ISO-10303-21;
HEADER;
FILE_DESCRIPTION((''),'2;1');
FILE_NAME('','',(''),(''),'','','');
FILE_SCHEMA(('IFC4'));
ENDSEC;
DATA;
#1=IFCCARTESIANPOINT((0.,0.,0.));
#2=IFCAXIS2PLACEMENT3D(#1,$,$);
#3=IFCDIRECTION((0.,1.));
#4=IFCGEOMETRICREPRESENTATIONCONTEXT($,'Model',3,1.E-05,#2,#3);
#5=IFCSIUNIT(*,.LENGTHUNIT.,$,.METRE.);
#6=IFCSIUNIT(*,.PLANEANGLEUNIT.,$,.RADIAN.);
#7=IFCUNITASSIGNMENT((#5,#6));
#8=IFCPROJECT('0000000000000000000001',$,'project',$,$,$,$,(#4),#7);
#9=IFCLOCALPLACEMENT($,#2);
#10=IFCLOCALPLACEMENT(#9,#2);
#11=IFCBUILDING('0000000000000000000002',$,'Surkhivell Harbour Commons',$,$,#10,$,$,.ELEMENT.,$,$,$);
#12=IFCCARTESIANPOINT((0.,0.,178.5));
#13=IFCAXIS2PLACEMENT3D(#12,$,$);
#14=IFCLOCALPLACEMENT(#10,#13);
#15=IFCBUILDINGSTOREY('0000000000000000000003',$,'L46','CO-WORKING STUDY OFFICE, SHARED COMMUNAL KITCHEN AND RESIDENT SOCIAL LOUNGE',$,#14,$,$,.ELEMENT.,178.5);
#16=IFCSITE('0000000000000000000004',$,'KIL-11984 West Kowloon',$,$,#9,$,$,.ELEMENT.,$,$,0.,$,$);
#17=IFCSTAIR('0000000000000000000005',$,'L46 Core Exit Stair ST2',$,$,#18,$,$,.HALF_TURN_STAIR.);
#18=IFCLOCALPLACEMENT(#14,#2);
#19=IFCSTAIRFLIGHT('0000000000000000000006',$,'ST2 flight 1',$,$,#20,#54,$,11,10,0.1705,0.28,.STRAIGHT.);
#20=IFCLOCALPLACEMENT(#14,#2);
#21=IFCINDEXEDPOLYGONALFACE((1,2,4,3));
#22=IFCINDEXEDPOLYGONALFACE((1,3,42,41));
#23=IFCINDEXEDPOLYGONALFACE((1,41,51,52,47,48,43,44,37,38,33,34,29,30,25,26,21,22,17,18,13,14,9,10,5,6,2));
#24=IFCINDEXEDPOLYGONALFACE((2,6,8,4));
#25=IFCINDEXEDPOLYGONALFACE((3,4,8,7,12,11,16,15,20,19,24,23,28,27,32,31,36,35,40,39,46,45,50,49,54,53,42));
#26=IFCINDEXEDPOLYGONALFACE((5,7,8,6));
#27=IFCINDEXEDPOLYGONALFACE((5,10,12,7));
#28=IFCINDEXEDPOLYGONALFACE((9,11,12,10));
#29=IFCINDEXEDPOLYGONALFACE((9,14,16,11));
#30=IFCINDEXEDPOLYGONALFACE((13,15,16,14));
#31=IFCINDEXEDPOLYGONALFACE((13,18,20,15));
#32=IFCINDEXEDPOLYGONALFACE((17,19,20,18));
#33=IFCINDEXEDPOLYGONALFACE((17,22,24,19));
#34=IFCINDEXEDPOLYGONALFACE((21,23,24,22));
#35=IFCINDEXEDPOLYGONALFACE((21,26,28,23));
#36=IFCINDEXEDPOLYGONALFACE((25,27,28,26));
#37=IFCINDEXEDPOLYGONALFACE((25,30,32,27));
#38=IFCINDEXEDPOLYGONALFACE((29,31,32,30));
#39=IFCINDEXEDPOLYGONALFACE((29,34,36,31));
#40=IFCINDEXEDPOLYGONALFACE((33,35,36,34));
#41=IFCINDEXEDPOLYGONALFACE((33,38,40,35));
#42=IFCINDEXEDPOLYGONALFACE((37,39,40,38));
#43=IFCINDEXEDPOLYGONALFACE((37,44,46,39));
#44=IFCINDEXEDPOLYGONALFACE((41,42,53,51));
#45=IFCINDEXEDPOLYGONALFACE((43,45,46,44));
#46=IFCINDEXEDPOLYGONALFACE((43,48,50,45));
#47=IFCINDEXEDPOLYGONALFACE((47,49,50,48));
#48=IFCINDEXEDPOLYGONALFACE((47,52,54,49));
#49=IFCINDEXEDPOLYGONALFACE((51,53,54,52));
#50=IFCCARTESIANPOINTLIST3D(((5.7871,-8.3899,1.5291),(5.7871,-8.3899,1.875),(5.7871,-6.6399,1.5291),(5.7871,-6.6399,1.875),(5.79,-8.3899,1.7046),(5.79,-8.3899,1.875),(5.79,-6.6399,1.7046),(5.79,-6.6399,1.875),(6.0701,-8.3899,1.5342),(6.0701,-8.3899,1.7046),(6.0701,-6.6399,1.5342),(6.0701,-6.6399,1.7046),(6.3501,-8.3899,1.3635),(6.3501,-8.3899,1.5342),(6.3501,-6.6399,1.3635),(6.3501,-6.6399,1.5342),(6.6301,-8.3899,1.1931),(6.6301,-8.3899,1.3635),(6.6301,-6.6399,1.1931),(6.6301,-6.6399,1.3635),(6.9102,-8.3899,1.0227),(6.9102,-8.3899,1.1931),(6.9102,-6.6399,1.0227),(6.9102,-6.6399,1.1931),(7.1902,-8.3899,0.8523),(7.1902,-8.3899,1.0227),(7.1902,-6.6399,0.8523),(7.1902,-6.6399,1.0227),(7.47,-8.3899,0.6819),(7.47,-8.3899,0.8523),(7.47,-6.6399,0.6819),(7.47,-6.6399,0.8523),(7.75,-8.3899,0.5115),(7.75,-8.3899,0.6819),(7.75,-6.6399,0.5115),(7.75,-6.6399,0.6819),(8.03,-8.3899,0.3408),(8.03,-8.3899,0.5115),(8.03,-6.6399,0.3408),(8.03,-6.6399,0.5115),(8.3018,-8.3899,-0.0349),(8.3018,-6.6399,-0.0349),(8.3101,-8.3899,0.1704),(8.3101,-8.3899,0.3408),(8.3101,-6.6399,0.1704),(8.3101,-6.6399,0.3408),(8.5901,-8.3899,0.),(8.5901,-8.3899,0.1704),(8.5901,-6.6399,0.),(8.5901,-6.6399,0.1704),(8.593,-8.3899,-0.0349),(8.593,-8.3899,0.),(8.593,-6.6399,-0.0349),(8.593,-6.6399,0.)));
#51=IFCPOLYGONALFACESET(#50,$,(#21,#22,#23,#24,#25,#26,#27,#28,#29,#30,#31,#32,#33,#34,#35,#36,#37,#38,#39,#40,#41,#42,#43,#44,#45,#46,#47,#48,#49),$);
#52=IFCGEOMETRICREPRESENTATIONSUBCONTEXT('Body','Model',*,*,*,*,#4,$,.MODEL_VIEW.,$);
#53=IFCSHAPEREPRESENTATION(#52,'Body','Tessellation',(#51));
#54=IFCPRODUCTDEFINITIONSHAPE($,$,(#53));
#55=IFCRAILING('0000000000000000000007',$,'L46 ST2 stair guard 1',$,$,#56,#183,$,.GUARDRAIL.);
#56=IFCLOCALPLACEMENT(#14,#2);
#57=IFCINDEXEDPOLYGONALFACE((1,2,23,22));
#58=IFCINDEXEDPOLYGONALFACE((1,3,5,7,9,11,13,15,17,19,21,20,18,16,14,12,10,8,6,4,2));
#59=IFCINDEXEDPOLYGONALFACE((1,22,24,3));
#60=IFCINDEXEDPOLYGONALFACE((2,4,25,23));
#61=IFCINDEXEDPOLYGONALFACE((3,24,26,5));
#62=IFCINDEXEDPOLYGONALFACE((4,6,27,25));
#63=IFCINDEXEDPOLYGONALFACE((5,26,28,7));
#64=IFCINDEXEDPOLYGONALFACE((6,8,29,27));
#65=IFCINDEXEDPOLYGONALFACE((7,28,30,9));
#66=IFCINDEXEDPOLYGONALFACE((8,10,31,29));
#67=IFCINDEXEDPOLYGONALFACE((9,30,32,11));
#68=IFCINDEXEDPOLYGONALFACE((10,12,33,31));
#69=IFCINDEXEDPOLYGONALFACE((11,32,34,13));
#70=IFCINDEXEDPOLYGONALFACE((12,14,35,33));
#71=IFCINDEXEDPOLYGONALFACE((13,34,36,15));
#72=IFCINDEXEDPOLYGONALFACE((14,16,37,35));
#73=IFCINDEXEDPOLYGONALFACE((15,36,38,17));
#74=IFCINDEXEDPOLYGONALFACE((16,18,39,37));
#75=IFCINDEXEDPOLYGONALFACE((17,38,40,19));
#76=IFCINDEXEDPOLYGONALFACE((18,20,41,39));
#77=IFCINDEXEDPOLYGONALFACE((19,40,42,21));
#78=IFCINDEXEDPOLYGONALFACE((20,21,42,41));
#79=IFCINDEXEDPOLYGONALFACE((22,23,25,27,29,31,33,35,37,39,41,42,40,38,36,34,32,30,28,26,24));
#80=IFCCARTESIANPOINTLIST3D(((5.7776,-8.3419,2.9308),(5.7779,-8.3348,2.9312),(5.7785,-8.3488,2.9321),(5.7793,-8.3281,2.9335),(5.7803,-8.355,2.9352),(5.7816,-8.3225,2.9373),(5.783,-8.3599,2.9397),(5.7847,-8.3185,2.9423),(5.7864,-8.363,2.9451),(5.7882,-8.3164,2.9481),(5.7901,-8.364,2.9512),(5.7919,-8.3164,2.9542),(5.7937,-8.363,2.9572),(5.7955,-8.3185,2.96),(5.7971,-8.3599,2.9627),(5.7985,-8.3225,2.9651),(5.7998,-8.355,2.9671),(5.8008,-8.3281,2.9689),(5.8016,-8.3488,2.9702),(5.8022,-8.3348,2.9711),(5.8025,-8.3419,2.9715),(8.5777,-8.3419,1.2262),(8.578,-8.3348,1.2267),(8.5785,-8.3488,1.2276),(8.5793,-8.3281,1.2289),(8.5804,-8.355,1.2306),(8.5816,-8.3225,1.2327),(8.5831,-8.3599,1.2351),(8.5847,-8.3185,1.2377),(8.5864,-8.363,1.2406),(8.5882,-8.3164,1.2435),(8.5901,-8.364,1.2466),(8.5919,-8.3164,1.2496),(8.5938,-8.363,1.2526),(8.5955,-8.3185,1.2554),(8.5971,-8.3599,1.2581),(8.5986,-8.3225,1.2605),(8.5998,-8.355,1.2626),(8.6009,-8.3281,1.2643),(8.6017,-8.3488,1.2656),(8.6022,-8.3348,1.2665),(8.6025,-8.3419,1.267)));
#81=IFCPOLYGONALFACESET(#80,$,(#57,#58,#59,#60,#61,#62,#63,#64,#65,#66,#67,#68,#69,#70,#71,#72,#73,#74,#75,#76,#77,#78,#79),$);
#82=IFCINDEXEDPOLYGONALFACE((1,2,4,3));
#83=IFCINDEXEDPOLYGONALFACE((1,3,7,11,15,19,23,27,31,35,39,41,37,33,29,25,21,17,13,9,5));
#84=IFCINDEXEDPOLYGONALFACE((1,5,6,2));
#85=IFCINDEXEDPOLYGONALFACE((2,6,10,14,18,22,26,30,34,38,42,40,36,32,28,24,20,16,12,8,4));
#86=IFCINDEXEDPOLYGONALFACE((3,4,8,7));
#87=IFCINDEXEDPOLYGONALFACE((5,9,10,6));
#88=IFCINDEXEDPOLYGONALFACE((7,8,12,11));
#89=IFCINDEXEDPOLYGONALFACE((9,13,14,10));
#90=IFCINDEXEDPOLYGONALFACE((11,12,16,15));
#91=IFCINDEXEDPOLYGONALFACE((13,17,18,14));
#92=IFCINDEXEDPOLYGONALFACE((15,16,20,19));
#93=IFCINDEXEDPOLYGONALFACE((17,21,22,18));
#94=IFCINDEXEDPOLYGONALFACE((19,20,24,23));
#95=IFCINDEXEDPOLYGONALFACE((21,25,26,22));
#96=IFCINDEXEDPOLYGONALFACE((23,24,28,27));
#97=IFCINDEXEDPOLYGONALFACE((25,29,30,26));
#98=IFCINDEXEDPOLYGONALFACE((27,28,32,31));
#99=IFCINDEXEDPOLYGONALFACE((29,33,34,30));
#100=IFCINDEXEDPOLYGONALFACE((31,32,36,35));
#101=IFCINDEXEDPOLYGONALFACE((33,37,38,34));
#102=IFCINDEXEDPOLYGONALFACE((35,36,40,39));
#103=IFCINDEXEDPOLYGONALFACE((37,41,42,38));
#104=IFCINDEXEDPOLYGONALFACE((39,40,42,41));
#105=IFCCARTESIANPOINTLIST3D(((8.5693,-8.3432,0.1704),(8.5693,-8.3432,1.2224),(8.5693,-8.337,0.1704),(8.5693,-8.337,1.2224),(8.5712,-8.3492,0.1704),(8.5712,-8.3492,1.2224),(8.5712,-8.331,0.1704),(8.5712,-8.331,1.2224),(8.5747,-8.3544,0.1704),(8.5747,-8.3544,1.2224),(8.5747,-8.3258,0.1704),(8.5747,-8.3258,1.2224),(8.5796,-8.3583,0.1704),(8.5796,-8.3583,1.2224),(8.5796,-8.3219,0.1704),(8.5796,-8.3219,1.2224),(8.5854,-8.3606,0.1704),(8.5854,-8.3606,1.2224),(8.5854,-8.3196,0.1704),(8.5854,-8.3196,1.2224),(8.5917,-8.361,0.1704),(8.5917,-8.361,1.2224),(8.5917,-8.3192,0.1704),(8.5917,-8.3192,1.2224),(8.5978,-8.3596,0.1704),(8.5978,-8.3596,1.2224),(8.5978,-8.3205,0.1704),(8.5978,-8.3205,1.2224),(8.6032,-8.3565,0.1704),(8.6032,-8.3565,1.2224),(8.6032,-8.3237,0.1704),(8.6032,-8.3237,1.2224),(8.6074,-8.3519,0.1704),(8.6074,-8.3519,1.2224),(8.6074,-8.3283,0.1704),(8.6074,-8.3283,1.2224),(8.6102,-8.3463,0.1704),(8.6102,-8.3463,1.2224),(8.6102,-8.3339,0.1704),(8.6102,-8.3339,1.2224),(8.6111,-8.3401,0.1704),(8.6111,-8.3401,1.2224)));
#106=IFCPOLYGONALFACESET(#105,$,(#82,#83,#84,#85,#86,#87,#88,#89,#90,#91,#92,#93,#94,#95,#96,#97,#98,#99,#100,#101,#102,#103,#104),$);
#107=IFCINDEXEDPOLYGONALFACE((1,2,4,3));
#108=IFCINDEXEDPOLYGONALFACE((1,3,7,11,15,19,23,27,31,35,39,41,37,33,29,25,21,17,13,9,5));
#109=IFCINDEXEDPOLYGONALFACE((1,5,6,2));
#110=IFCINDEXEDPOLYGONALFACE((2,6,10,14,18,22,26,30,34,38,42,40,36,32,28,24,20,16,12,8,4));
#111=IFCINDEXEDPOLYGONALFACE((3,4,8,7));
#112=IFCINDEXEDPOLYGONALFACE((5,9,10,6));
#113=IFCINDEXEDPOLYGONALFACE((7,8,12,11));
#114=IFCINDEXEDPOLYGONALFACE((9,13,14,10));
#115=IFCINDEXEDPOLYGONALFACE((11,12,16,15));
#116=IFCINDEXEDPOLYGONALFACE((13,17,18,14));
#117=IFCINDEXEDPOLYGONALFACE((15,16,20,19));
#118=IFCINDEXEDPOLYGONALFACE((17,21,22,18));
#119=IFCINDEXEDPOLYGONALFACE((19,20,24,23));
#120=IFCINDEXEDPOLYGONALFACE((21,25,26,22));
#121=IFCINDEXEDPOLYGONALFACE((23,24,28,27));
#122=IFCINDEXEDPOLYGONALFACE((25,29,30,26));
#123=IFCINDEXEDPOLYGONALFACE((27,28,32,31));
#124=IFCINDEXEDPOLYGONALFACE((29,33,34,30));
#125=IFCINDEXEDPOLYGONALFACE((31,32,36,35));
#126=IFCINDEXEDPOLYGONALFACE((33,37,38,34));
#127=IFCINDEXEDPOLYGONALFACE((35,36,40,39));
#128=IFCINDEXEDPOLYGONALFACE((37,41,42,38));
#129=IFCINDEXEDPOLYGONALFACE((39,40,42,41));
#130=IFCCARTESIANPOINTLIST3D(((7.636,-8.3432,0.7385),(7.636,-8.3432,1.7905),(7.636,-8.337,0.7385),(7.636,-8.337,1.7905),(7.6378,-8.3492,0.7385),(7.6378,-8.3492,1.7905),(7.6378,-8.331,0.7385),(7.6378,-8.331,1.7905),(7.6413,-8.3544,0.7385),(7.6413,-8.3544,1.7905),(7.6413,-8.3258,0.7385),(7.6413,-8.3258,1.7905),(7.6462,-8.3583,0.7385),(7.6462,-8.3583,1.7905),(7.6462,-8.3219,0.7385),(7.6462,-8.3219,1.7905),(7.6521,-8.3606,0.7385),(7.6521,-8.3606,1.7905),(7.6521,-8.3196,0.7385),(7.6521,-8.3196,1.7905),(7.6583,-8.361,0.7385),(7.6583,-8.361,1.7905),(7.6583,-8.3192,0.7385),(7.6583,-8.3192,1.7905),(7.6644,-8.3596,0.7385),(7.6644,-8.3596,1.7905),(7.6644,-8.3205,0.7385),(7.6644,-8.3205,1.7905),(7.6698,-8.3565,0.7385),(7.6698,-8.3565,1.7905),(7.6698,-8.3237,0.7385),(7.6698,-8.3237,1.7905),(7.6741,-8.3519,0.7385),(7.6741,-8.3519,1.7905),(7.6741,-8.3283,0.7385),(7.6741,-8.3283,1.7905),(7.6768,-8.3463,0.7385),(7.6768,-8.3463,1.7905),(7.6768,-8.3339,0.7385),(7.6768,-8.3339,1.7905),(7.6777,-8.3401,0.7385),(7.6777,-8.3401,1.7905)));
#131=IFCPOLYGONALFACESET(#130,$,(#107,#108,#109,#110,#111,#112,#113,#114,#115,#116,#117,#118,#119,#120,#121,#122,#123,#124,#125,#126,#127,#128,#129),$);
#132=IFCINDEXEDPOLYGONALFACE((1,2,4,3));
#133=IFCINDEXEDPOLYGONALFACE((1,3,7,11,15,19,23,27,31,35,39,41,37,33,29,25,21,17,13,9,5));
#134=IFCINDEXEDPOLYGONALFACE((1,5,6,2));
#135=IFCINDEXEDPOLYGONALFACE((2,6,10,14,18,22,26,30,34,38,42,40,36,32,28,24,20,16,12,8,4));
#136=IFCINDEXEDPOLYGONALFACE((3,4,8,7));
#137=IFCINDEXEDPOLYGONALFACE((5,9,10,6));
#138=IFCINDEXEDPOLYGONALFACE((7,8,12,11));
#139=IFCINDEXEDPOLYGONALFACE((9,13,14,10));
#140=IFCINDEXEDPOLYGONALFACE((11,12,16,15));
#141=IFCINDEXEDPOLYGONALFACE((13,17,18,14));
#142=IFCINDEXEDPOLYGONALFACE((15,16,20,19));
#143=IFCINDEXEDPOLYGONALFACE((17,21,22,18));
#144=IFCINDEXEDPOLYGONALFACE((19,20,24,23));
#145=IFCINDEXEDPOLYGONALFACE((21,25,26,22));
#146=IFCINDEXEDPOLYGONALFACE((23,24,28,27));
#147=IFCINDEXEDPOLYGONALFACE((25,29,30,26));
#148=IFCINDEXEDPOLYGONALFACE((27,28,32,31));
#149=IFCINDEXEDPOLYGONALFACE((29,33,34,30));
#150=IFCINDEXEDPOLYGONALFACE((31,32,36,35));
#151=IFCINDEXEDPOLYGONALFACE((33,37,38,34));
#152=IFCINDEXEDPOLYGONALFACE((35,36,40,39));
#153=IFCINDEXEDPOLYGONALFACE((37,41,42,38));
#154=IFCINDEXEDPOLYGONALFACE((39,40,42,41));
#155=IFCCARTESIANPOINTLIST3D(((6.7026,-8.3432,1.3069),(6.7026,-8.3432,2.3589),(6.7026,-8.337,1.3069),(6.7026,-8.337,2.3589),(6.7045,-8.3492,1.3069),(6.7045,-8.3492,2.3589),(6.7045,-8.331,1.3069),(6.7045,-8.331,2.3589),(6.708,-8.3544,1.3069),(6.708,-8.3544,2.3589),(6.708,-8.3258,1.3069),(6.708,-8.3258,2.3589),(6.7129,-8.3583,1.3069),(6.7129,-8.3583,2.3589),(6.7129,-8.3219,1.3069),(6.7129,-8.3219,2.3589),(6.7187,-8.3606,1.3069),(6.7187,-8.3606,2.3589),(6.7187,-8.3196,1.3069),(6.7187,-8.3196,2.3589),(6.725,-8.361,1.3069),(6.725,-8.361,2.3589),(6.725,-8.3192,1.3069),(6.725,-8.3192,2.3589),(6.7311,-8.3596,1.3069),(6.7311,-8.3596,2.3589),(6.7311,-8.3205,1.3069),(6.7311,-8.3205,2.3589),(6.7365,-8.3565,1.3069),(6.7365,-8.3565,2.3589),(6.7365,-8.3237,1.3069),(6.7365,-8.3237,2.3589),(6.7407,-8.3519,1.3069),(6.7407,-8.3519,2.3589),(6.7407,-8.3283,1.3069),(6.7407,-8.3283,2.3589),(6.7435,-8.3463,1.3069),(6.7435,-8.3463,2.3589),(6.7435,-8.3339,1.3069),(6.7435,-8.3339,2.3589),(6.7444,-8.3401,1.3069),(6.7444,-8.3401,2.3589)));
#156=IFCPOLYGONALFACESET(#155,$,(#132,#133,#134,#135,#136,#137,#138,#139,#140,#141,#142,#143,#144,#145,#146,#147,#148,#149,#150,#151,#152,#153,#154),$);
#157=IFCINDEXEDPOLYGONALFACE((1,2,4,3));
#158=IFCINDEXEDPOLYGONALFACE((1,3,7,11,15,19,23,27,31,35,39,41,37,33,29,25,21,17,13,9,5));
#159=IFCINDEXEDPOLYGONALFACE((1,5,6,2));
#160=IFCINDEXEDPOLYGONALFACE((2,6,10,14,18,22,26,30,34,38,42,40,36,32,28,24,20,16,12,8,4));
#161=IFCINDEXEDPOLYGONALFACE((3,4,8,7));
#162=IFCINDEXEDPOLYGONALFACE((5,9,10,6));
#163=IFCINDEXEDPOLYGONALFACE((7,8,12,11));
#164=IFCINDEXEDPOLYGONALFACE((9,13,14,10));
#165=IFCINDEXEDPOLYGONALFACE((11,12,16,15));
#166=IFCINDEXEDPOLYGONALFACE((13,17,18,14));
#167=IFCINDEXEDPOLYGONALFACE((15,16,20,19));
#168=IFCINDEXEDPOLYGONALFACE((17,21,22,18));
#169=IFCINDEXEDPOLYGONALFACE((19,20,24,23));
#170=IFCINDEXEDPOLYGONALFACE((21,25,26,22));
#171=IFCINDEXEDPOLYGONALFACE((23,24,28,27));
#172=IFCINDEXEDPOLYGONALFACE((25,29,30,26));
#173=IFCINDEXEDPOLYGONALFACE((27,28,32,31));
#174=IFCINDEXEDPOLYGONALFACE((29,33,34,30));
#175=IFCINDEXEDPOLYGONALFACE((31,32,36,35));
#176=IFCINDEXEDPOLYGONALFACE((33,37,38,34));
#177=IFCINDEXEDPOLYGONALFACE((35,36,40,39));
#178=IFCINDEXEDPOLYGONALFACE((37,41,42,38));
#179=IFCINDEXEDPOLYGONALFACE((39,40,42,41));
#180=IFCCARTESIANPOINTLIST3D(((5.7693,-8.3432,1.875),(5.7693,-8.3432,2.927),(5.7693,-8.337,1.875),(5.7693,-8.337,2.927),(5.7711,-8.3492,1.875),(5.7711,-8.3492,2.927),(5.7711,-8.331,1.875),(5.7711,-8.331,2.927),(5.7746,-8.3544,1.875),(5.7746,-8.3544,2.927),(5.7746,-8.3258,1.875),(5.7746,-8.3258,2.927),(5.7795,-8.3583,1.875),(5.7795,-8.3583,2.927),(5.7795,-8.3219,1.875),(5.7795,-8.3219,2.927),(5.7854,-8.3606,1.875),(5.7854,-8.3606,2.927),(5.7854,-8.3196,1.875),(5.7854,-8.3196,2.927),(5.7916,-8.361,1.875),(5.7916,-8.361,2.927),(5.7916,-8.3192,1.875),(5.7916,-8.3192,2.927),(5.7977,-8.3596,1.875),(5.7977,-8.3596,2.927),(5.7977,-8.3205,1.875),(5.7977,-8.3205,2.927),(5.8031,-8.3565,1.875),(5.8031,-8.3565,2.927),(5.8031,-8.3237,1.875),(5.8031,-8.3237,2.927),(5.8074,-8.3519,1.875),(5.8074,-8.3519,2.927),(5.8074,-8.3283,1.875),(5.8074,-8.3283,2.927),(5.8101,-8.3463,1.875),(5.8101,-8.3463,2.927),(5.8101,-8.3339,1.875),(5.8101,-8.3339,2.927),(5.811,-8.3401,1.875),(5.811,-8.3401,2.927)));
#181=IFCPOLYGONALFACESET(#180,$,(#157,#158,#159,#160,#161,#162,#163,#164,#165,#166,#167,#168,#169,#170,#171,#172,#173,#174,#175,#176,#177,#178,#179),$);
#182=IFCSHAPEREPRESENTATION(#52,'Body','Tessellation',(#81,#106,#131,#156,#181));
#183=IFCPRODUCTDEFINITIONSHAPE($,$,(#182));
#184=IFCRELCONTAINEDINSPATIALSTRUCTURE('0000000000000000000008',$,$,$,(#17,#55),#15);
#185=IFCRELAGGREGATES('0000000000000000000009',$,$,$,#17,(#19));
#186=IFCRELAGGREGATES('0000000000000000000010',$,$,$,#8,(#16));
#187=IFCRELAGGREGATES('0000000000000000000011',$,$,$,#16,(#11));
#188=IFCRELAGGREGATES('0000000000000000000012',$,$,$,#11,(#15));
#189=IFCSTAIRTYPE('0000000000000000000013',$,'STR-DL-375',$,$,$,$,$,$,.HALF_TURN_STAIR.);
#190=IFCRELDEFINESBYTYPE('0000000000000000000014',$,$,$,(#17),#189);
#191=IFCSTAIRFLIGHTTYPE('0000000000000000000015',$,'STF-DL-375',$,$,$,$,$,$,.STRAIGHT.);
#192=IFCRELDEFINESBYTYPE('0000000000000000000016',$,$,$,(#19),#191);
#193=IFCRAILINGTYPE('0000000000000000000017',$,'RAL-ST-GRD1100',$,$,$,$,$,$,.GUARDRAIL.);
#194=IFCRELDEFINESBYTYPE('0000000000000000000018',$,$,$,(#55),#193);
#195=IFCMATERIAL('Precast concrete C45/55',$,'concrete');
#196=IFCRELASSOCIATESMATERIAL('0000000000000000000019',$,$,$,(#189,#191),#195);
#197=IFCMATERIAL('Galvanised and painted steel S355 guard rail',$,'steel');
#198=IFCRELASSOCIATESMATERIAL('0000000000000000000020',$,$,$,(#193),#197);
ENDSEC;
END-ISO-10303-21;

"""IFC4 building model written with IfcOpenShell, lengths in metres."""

from ifc_helpers import new_model, si_unit, direction, frame, origin, origin_2d, place, context, subcontext, project, spatial, polyline, circle, outline, extrude, material, type_object, element, aggregate, save


model = new_model("IFC4")

# Units and contexts
model_context = context("Model", 3, precision=1e-05, world=origin(), true_north=direction((0.0, 1.0)))
body_context = subcontext(model_context, "Body", "Model", "MODEL_VIEW")
ifc_project = project(units=[si_unit("LENGTHUNIT", "METRE"), si_unit("PLANEANGLEUNIT", "RADIAN")], contexts=[model_context])

# Site, building, storey
site_placement = place(None, origin())
site = spatial("IfcSite", under=ifc_project, at=site_placement, Name="KIL-11984 West Kowloon", CompositionType="ELEMENT", RefElevation=0.0)
building_placement = place(site_placement, origin())
building = spatial("IfcBuilding", under=site, at=building_placement, Name="Surkhivell Harbour Commons", CompositionType="ELEMENT")
storey_placement = place(building_placement, frame((0.0, 0.0, 178.5)))
storey = spatial("IfcBuildingStorey", under=building, at=storey_placement, Name="L46", Description="CO-WORKING STUDY OFFICE, SHARED COMMUNAL KITCHEN AND RESIDENT SOCIAL LOUNGE", CompositionType="ELEMENT", Elevation=178.5)

# Stair, stair flight
ifc_material_1 = material(Name="Precast concrete C45/55", Category="concrete")
stair_type = type_object("IfcStairType", Name="STR-DL-375", PredefinedType="HALF_TURN_STAIR", material=ifc_material_1)
stair_placement = place(storey_placement, origin())
stair = element("IfcStair", 1, at=stair_placement, inside=storey, type_object=stair_type, Name="L46 Core Exit Stair ST2", PredefinedType="HALF_TURN_STAIR")
stair_flight_type = type_object("IfcStairFlightType", Name="STF-DL-375", PredefinedType="STRAIGHT", material=ifc_material_1)
stair_flight_placement = place(storey_placement, frame((8.5901, -7.5149, 0.0), z_axis=(0.0, 0.0, 1.0), x_axis=(-1.0, 0.0, 0.0)))
stair_flight = element("IfcStairFlight", 2, at=stair_flight_placement, type_object=stair_flight_type, Name="ST2 flight 1", NumberOfRisers=11, NumberOfTreads=10, PredefinedType="STRAIGHT", RiserHeight=0.1705, TreadLength=0.28, context=body_context, shape_type="SweptSolid", body=[
    extrude(outline(polyline([(-0.0029, -0.0349), (-0.0029, 0.0), (0.0, 0.0), (0.0, 0.1704), (0.28, 0.1704), (0.28, 0.3408), (0.5601, 0.3408), (0.5601, 0.5115), (0.8401, 0.5115), (0.8401, 0.6819), (1.1201, 0.6819), (1.1201, 0.8523), (1.3999, 0.8523), (1.3999, 1.0227), (1.6799, 1.0227), (1.6799, 1.1931), (1.96, 1.1931), (1.96, 1.3635), (2.24, 1.3635), (2.24, 1.5342), (2.52, 1.5342), (2.52, 1.7046), (2.8, 1.7046), (2.8, 1.875), (2.803, 1.875), (2.803, 1.5291), (0.2883, -0.0349), (-0.0029, -0.0349)])), frame((0.0, 0.875, 0.0), z_axis=(0.0, -1.0, 0.0), x_axis=(1.0, 0.0, 0.0)), (0.0, 0.0, 1.0), 1.75),
])
aggregate(stair, [stair_flight])

# Railing
ifc_material_2 = material(Name="Galvanised and painted steel S355 guard rail", Category="steel")
railing_type_1 = type_object("IfcRailingType", Name="RAL-ST-GRD1100", PredefinedType="GUARDRAIL", material=ifc_material_2)
railing_1_placement = place(storey_placement, frame((8.5901, -8.3401, 0.1704)))
element("IfcRailing", 3, at=railing_1_placement, inside=storey, type_object=railing_type_1, Name="L46 ST2 stair guard 1", PredefinedType="GUARDRAIL", context=body_context, shape_type="SweptSolid", body=[
    extrude(circle(Radius=0.0239, at=origin_2d()), frame((0.0, 0.0, 1.0762), z_axis=(-0.85417, 0.0, 0.519994), x_axis=(0.0, -1.0, 0.0)), (0.0, 0.0, 1.0), 3.2781),
    extrude(circle(Radius=0.021, at=origin_2d()), origin(), (0.0, 0.0, 1.0), 1.052),
    extrude(circle(Radius=0.021, at=origin_2d()), frame((-0.9333, 0.0, 0.5681)), (0.0, 0.0, 1.0), 1.052),
    extrude(circle(Radius=0.021, at=origin_2d()), frame((-1.8667, 0.0, 1.1365)), (0.0, 0.0, 1.0), 1.052),
    extrude(circle(Radius=0.021, at=origin_2d()), frame((-2.8, 0.0, 1.7046)), (0.0, 0.0, 1.0), 1.052),
])

save(model, "model.ifc")
